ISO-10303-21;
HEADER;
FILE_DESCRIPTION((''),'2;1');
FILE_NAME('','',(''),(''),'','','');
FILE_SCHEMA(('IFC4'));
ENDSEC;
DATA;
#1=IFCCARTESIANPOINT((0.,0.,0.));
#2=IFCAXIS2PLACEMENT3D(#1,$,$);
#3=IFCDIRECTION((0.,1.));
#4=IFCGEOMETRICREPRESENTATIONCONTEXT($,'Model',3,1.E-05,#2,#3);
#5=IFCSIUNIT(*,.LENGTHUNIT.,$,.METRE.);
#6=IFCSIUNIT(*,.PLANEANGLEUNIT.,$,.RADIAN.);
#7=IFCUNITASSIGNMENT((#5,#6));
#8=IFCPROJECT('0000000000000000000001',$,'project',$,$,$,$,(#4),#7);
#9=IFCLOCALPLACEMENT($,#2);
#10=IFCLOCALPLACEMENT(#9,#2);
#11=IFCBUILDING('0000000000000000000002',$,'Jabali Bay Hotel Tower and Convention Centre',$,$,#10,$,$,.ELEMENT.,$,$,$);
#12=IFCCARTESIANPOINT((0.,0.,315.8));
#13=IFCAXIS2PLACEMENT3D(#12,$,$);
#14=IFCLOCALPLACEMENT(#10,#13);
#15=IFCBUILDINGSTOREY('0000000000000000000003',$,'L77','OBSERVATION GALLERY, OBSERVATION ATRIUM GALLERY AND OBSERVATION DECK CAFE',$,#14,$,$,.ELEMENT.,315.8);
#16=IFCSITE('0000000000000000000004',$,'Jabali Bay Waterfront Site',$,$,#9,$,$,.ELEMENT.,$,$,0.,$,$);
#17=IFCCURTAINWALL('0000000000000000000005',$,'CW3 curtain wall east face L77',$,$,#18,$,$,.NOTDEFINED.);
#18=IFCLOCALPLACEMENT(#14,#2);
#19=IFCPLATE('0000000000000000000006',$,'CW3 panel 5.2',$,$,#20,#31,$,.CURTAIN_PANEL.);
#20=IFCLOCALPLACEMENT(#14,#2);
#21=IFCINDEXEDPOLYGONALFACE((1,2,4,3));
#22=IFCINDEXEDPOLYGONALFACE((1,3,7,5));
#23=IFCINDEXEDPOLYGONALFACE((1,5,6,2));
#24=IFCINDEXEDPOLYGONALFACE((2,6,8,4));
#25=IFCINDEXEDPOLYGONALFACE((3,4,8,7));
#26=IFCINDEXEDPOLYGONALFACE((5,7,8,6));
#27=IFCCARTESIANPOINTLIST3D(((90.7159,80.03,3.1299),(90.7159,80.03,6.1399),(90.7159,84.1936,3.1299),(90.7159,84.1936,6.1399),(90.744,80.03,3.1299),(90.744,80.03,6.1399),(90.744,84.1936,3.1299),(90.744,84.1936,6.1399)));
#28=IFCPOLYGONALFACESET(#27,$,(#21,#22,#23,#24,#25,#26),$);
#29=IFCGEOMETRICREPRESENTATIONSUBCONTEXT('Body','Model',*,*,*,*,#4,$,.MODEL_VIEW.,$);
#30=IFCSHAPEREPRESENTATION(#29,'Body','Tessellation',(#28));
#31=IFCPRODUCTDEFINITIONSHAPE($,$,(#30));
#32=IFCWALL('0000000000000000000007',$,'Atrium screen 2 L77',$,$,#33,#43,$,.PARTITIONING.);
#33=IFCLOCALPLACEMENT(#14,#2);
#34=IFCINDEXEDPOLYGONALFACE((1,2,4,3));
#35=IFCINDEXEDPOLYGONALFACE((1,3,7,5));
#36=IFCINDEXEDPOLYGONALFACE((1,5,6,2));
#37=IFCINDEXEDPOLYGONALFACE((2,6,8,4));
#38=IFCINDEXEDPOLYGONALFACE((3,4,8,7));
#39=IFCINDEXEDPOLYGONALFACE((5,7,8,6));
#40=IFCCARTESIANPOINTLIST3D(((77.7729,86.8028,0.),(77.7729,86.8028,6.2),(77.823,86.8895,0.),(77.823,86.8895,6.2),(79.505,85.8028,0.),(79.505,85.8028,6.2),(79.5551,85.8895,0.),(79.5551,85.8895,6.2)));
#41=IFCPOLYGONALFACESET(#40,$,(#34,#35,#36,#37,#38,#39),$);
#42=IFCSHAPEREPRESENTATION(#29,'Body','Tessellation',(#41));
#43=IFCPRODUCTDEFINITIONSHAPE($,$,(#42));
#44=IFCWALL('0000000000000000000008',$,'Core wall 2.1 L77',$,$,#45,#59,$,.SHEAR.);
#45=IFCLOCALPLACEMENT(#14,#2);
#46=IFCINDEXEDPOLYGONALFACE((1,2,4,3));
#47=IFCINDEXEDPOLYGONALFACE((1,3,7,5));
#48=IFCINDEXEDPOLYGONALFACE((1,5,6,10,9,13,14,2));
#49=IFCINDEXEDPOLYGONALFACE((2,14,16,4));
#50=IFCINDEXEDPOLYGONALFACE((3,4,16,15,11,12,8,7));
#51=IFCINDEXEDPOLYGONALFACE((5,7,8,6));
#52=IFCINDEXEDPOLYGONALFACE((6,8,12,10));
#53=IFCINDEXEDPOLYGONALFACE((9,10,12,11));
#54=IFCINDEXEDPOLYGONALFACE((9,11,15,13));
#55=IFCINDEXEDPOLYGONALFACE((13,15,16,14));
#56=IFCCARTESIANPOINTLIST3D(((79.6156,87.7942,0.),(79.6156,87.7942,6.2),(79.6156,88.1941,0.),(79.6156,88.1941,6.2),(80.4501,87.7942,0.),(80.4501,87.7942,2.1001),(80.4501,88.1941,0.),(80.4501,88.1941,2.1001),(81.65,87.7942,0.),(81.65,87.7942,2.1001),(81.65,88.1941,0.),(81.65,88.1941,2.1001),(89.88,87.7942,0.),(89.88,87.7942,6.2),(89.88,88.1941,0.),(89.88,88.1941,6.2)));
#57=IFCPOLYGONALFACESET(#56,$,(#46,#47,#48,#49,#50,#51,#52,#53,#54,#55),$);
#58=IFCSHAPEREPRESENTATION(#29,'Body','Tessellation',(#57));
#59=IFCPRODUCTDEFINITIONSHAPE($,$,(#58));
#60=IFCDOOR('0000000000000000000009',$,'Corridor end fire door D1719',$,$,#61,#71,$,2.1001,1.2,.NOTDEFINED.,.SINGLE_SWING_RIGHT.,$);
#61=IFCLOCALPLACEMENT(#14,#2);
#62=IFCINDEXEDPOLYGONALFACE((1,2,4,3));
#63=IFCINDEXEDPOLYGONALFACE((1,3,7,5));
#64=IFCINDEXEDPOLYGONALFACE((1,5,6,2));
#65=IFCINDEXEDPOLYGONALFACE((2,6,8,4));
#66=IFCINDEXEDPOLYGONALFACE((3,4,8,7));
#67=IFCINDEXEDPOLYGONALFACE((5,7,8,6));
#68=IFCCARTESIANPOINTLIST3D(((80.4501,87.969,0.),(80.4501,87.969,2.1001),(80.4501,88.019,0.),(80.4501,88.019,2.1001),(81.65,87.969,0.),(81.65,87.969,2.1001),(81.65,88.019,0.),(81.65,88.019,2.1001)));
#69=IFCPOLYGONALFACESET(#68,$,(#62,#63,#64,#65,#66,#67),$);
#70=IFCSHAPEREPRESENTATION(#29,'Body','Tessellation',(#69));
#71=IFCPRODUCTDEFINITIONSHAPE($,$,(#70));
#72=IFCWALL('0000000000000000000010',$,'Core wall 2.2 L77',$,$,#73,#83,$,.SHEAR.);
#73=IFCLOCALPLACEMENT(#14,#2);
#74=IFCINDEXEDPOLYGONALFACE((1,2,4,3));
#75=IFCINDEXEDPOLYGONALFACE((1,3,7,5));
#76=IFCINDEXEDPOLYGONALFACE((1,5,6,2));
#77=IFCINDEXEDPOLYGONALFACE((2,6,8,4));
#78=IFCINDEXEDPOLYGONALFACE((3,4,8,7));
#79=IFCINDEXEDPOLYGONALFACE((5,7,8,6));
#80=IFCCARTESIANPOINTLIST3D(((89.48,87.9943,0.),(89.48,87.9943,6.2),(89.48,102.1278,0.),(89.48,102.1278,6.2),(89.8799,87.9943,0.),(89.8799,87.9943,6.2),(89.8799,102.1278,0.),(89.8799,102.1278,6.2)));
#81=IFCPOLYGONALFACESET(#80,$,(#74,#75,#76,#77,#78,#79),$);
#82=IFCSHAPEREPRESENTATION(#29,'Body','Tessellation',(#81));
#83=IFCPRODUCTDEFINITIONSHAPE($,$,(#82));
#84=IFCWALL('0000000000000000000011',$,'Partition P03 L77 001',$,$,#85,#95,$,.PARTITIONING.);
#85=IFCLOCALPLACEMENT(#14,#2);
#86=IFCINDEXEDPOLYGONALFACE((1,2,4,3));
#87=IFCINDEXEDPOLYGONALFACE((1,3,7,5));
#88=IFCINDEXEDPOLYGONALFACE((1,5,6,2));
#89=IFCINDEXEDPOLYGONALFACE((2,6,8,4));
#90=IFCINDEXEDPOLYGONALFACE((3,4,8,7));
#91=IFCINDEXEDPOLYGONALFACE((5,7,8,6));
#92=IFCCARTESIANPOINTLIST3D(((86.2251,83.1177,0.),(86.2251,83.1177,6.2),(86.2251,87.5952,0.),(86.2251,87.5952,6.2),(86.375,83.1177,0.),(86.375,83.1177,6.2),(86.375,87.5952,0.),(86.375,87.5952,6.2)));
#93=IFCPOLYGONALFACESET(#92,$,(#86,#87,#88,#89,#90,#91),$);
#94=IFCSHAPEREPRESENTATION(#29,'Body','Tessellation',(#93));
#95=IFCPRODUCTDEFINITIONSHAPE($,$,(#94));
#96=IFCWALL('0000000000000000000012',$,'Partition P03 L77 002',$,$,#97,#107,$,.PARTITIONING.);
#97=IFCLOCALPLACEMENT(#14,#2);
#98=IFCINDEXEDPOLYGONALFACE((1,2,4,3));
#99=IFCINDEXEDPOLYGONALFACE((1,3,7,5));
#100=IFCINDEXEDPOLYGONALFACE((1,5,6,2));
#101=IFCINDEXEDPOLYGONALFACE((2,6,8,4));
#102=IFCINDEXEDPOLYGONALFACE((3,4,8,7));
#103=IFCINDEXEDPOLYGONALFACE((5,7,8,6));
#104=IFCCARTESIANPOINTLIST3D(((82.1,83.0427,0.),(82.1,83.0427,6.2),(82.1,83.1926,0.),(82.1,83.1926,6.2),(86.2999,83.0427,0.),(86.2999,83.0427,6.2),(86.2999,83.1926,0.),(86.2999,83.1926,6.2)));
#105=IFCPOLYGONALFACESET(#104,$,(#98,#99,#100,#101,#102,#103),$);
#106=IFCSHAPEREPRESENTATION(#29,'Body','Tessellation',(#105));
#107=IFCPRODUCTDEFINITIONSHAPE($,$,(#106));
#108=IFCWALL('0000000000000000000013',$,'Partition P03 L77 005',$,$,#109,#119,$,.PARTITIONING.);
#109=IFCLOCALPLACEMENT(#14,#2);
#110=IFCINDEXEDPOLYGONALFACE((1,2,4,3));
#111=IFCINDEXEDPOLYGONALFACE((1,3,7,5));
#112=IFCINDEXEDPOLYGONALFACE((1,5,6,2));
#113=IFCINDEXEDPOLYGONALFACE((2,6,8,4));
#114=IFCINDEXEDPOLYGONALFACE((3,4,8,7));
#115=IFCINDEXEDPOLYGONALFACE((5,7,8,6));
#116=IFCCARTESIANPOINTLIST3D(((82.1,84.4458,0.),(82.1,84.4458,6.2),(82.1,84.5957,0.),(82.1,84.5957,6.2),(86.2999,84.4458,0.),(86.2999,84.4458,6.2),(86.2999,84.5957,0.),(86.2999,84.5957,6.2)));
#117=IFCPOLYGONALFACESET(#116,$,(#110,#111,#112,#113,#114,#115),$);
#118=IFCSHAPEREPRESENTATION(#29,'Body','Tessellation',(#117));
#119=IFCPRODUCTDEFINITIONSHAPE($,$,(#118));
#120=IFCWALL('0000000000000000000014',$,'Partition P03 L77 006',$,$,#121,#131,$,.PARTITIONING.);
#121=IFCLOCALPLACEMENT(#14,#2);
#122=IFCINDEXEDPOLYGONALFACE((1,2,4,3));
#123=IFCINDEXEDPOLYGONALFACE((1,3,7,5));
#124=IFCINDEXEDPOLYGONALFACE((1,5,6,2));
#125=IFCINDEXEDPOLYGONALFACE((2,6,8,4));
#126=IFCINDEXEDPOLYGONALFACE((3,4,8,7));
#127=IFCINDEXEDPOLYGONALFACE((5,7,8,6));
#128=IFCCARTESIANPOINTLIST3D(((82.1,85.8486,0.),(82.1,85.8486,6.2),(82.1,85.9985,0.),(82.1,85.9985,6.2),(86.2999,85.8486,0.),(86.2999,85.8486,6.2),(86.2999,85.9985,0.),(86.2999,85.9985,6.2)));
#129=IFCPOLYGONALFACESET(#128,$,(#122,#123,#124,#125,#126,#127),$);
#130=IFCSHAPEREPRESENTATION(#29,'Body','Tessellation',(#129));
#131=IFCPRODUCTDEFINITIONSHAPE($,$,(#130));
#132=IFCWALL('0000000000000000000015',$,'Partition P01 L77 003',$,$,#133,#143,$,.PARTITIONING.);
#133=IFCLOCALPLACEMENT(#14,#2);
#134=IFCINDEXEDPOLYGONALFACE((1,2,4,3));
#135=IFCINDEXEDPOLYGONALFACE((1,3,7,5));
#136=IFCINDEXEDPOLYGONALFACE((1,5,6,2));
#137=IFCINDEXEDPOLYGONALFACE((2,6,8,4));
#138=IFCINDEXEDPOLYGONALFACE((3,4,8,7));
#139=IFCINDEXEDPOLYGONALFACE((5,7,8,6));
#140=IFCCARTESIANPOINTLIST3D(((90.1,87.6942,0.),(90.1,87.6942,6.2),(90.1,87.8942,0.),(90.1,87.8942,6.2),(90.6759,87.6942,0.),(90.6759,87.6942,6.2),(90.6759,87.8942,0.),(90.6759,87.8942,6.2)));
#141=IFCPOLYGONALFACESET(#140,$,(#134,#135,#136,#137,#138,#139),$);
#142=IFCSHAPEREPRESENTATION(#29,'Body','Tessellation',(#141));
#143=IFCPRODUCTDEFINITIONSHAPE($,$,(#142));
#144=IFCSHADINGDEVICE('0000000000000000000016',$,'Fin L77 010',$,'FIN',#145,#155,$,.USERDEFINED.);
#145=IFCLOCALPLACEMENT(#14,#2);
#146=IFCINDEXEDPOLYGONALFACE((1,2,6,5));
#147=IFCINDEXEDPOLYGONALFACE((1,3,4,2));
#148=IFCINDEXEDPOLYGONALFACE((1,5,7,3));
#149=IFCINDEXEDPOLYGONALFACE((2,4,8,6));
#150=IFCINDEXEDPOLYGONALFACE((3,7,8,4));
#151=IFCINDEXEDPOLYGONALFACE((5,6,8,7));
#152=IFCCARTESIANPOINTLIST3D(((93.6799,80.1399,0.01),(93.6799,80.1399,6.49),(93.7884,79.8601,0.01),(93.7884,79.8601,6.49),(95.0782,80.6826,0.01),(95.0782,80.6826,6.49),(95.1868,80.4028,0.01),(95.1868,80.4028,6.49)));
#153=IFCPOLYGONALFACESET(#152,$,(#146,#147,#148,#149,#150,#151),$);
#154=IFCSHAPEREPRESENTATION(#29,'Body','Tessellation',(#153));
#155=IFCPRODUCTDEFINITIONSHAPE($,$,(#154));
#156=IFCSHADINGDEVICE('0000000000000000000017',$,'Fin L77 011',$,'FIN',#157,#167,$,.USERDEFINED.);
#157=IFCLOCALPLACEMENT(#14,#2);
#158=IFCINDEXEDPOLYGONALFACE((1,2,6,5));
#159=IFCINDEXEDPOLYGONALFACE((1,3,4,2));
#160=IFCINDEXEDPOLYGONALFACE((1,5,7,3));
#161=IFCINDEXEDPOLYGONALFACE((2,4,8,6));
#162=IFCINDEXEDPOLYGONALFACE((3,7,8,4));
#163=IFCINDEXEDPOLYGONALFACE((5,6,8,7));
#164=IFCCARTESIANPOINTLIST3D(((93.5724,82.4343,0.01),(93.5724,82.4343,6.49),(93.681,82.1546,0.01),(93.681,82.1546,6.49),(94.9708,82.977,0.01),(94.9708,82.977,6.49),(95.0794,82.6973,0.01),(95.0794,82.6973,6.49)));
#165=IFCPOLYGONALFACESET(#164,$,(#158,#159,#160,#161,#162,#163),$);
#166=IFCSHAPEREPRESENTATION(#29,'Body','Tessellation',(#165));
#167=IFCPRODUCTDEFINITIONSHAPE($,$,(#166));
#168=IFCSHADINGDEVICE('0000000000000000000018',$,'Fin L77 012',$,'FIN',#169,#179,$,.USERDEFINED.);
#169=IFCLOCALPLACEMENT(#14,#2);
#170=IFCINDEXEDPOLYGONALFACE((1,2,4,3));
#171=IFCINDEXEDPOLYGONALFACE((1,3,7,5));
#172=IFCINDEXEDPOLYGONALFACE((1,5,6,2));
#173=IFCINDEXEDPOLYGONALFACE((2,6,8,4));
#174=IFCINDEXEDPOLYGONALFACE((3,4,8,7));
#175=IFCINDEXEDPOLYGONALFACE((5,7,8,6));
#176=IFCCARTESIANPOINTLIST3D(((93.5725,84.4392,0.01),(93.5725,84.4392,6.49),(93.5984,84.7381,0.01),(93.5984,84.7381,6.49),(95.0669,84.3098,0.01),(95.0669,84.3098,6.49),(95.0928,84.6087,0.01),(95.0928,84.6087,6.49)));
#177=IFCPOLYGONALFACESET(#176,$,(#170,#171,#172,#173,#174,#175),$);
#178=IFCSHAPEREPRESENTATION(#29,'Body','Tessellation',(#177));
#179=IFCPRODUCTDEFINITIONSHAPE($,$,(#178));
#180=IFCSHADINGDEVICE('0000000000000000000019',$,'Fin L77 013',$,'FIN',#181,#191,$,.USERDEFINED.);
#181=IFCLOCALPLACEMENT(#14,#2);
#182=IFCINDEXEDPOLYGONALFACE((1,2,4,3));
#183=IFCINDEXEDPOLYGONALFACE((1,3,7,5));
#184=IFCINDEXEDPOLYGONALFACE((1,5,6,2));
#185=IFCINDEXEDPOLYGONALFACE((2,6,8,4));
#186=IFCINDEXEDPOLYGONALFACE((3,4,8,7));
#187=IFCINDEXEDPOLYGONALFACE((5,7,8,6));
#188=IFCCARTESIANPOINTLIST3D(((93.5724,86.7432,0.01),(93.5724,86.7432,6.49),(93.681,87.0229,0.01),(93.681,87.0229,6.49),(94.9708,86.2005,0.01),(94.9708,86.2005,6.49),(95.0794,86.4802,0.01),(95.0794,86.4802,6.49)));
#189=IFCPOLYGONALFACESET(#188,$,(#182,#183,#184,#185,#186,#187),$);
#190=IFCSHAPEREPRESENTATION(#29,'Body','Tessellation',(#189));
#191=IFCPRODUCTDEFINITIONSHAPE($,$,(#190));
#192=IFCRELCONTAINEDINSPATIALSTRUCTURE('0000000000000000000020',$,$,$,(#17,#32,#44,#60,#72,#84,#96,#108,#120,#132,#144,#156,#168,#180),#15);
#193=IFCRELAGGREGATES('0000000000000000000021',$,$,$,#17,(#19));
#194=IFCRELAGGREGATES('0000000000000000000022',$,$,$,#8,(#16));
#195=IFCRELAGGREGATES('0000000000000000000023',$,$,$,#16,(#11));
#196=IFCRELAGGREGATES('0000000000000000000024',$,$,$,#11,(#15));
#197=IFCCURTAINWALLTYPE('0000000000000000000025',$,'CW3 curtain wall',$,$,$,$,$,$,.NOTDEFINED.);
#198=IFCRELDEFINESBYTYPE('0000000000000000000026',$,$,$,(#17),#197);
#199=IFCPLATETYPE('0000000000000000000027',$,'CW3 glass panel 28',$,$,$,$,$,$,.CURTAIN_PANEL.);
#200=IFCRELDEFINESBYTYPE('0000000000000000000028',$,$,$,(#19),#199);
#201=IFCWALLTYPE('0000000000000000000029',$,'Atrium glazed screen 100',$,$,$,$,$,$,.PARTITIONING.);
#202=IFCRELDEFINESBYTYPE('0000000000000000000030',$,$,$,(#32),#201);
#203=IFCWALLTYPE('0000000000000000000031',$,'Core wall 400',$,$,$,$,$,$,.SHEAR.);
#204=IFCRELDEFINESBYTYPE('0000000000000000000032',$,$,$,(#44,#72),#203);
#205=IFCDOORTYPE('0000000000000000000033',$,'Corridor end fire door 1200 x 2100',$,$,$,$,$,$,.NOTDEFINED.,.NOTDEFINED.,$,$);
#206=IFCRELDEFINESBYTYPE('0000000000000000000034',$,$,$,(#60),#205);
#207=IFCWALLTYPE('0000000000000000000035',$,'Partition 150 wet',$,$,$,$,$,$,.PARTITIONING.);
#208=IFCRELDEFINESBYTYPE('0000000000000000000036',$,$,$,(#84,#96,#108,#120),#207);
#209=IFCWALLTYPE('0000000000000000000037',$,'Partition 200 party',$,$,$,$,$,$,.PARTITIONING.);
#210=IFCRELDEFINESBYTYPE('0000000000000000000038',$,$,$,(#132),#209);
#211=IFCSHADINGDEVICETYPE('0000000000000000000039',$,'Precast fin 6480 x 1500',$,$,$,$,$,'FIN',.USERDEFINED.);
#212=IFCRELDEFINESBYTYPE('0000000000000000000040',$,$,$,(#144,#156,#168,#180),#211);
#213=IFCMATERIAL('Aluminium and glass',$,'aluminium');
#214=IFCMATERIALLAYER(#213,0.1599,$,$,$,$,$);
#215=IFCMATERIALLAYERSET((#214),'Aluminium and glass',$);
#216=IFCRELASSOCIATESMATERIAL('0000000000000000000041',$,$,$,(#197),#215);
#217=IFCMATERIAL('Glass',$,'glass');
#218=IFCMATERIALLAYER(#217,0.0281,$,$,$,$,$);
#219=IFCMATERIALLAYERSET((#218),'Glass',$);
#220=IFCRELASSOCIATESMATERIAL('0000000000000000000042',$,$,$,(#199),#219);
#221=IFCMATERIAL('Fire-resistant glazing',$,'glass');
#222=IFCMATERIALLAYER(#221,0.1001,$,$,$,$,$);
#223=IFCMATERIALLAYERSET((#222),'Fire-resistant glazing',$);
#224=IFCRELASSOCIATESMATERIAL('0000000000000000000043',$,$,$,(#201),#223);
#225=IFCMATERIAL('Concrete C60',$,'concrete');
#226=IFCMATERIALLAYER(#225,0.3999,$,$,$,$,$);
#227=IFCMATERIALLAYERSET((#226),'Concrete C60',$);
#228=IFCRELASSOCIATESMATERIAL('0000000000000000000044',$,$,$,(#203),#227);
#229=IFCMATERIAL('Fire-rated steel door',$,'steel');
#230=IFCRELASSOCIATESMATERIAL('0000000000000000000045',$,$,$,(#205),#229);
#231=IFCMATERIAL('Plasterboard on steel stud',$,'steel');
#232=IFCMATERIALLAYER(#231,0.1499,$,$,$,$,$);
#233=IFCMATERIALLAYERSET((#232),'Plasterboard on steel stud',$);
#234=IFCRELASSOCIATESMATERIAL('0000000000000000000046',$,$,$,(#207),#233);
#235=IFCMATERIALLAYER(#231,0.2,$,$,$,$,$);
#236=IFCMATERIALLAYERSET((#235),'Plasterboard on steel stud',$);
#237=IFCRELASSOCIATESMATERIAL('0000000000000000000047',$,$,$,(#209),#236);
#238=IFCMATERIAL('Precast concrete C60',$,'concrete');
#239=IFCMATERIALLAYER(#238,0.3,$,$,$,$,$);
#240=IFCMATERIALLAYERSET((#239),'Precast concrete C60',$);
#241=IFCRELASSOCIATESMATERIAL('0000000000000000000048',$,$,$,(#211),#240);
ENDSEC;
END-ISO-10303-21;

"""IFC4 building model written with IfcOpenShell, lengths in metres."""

from ifc_helpers import new_model, si_unit, direction, frame, frame_2d, origin, origin_2d, place, context, subcontext, project, spatial, rectangle, extrude, material, layer, layer_set, type_object, element, fill, aggregate, save


model = new_model("IFC4")

# Units and contexts
model_context = context("Model", 3, precision=1e-05, world=origin(), true_north=direction((0.0, 1.0)))
body_context = subcontext(model_context, "Body", "Model", "MODEL_VIEW")
ifc_project = project(units=[si_unit("LENGTHUNIT", "METRE"), si_unit("PLANEANGLEUNIT", "RADIAN")], contexts=[model_context])

# Site, building, storey
site_placement = place(None, origin())
site = spatial("IfcSite", under=ifc_project, at=site_placement, Name="Jabali Bay Waterfront Site", CompositionType="ELEMENT", RefElevation=0.0)
building_placement = place(site_placement, origin())
building = spatial("IfcBuilding", under=site, at=building_placement, Name="Jabali Bay Hotel Tower and Convention Centre", CompositionType="ELEMENT")
storey_placement = place(building_placement, frame((0.0, 0.0, 315.8)))
storey = spatial("IfcBuildingStorey", under=building, at=storey_placement, Name="L77", Description="OBSERVATION GALLERY, OBSERVATION ATRIUM GALLERY AND OBSERVATION DECK CAFE", CompositionType="ELEMENT", Elevation=315.8)

# Shared definitions
ifc_material_1 = material(Name="Concrete C60", Category="concrete")

# Curtain wall
ifc_material_2 = material(Name="Aluminium and glass", Category="aluminium")
ifc_layer_1 = layer(ifc_material_2, 0.1599)
ifc_layer_set_1 = layer_set([ifc_layer_1], Name="Aluminium and glass")
curtain_wall_type = type_object("IfcCurtainWallType", Name="CW3 curtain wall", PredefinedType="NOTDEFINED", material=ifc_layer_set_1)
curtain_wall_placement = place(storey_placement, origin())
curtain_wall = element("IfcCurtainWall", 1, at=curtain_wall_placement, inside=storey, type_object=curtain_wall_type, Name="CW3 curtain wall east face L77", PredefinedType="NOTDEFINED")

# Plate
ifc_material_3 = material(Name="Glass", Category="glass")
ifc_layer_2 = layer(ifc_material_3, 0.0281)
ifc_layer_set_2 = layer_set([ifc_layer_2], Name="Glass")
plate_type = type_object("IfcPlateType", Name="CW3 glass panel 28", PredefinedType="CURTAIN_PANEL", material=ifc_layer_set_2)
plate_1_placement = place(storey_placement, frame((90.73, 82.1118, 3.1299), z_axis=(0.0, 0.0, 1.0), x_axis=(0.0, -1.0, 0.0)))
plate_1 = element("IfcPlate", 2, at=plate_1_placement, type_object=plate_type, Name="CW3 panel 5.2", PredefinedType="CURTAIN_PANEL", context=body_context, shape_type="SweptSolid", body=[
    extrude(rectangle(XDim=4.1636, YDim=0.0281, at=origin_2d()), origin(), (0.0, 0.0, 1.0), 3.01),
])
aggregate(curtain_wall, [plate_1])

# Wall
ifc_material_4 = material(Name="Fire-resistant glazing", Category="glass")
ifc_layer_3 = layer(ifc_material_4, 0.1001)
ifc_layer_set_3 = layer_set([ifc_layer_3], Name="Fire-resistant glazing")
wall_type_1 = type_object("IfcWallType", Name="Atrium glazed screen 100", PredefinedType="PARTITIONING", material=ifc_layer_set_3)
wall_1_placement = place(storey_placement, frame((79.53, 85.8462, 0.0), z_axis=(0.0, 0.0, 1.0), x_axis=(-0.866041, 0.499973, 0.0)))
element("IfcWall", 3, at=wall_1_placement, inside=storey, type_object=wall_type_1, Name="Atrium screen 2 L77", PredefinedType="PARTITIONING", context=body_context, shape_type="SweptSolid", body=[
    extrude(rectangle(XDim=2.0, YDim=0.1001, at=frame_2d((1.0, 0.0))), origin(), (0.0, 0.0, 1.0), 6.2),
])

# Wall, opening, door
ifc_layer_4 = layer(ifc_material_1, 0.3999)
ifc_layer_set_4 = layer_set([ifc_layer_4], Name="Concrete C60")
wall_type_2 = type_object("IfcWallType", Name="Core wall 400", PredefinedType="SHEAR", material=ifc_layer_set_4)
wall_2_placement = place(storey_placement, frame((79.6155, 87.9941, 0.0), z_axis=(0.0, 0.0, 1.0), x_axis=(1.0, 0.0, 0.0)))
wall_2 = element("IfcWall", 4, at=wall_2_placement, inside=storey, type_object=wall_type_2, Name="Core wall 2.1 L77", PredefinedType="SHEAR", context=body_context, shape_type="SweptSolid", body=[
    extrude(rectangle(XDim=10.2644, YDim=0.3999, at=frame_2d((5.1323, 0.0))), origin(), (0.0, 0.0, 1.0), 6.2),
])
opening_placement = place(wall_2_placement, frame((0.8345, 0.0, 0.0)))
opening = element("IfcOpeningElement", 5, at=opening_placement, cuts=wall_2, PredefinedType="OPENING", context=body_context, shape_type="SweptSolid", body=[
    extrude(rectangle(XDim=1.2, YDim=2.1001, at=frame_2d((0.6001, 1.05))), frame((0.0, 0.2104, 0.0), z_axis=(0.0, -1.0, 0.0), x_axis=(1.0, 0.0, 0.0)), (0.0, 0.0, 1.0), 0.4209),
])
ifc_material_5 = material(Name="Fire-rated steel door", Category="steel")
door_type = type_object("IfcDoorType", Name="Corridor end fire door 1200 x 2100", OperationType="NOTDEFINED", PredefinedType="NOTDEFINED", material=ifc_material_5)
door_placement = place(opening_placement, origin())
door = element("IfcDoor", 6, at=door_placement, inside=storey, type_object=door_type, Name="Corridor end fire door D1719", OperationType="SINGLE_SWING_RIGHT", OverallHeight=2.1001, OverallWidth=1.2, PredefinedType="NOTDEFINED", context=body_context, shape_type="SweptSolid", body=[
    extrude(rectangle(XDim=1.2, YDim=2.1001, at=frame_2d((0.6001, 1.05))), frame((0.0, 0.0249, 0.0), z_axis=(0.0, -1.0, 0.0), x_axis=(1.0, 0.0, 0.0)), (0.0, 0.0, 1.0), 0.05),
])
fill(opening, door)

# Walls
wall_3_placement = place(storey_placement, frame((89.6799, 87.9941, 0.0), z_axis=(0.0, 0.0, 1.0), x_axis=(0.0, 1.0, 0.0)))
element("IfcWall", 7, at=wall_3_placement, inside=storey, type_object=wall_type_2, Name="Core wall 2.2 L77", PredefinedType="SHEAR", context=body_context, shape_type="SweptSolid", body=[
    extrude(rectangle(XDim=14.1335, YDim=0.3999, at=frame_2d((7.0669, 0.0))), origin(), (0.0, 0.0, 1.0), 6.2),
])
ifc_material_6 = material(Name="Plasterboard on steel stud", Category="steel")
ifc_layer_5 = layer(ifc_material_6, 0.1499)
ifc_layer_set_5 = layer_set([ifc_layer_5], Name="Plasterboard on steel stud")
wall_type_3 = type_object("IfcWallType", Name="Partition 150 wet", PredefinedType="PARTITIONING", material=ifc_layer_set_5)
wall_4_placement = place(storey_placement, frame((86.3, 87.5952, 0.0), z_axis=(0.0, 0.0, 1.0), x_axis=(0.0, -1.0, 0.0)))
element("IfcWall", 8, at=wall_4_placement, inside=storey, type_object=wall_type_3, Name="Partition P03 L77 001", PredefinedType="PARTITIONING", context=body_context, shape_type="SweptSolid", body=[
    extrude(rectangle(XDim=4.4775, YDim=0.1499, at=frame_2d((2.2388, 0.0))), origin(), (0.0, 0.0, 1.0), 6.2),
])
for number, where, z_axis, x_axis, name in (
    (9, (86.3, 83.1177, 0.0), (0.0, 0.0, 1.0), (-1.0, 0.0, 0.0), "Partition P03 L77 002"),
    (10, (86.3, 84.5208, 0.0), (0.0, 0.0, 1.0), (-1.0, 0.0, 0.0), "Partition P03 L77 005"),
    (11, (86.3, 85.9236, 0.0), (0.0, 0.0, 1.0), (-1.0, 0.0, 0.0), "Partition P03 L77 006"),
):
    element("IfcWall", number, at=place(storey_placement, frame(where, z_axis=z_axis, x_axis=x_axis)), inside=storey, type_object=wall_type_3, Name=name, PredefinedType="PARTITIONING", context=body_context, shape_type="SweptSolid", body=[
        extrude(rectangle(XDim=4.2, YDim=0.1499, at=frame_2d((2.1001, 0.0))), origin(), (0.0, 0.0, 1.0), 6.2),
    ])
ifc_layer_6 = layer(ifc_material_6, 0.2)
ifc_layer_set_6 = layer_set([ifc_layer_6], Name="Plasterboard on steel stud")
wall_type_4 = type_object("IfcWallType", Name="Partition 200 party", PredefinedType="PARTITIONING", material=ifc_layer_set_6)
wall_5_placement = place(storey_placement, frame((90.676, 87.7942, 0.0), z_axis=(0.0, 0.0, 1.0), x_axis=(-1.0, 0.0, 0.0)))
element("IfcWall", 12, at=wall_5_placement, inside=storey, type_object=wall_type_4, Name="Partition P01 L77 003", PredefinedType="PARTITIONING", context=body_context, shape_type="SweptSolid", body=[
    extrude(rectangle(XDim=0.5759, YDim=0.2, at=frame_2d((0.2881, 0.0))), origin(), (0.0, 0.0, 1.0), 6.2),
])

# Shading devices
ifc_material_7 = material(Name="Precast concrete C60", Category="concrete")
ifc_layer_7 = layer(ifc_material_7, 0.3)
ifc_layer_set_7 = layer_set([ifc_layer_7], Name="Precast concrete C60")
shading_device_type = type_object("IfcShadingDeviceType", Name="Precast fin 6480 x 1500", ElementType="FIN", PredefinedType="USERDEFINED", material=ifc_layer_set_7)
for number, where, z_axis, x_axis, name in (
    (13, (93.7341, 80.0, 0.01), (0.0, 0.0, 1.0), (0.932255, 0.361802, 0.0), "Fin L77 010"),
    (14, (93.6267, 82.2944, 0.01), (0.0, 0.0, 1.0), (0.932255, 0.361802, 0.0), "Fin L77 011"),
    (15, (93.5854, 84.5886, 0.01), (0.0, 0.0, 1.0), (0.996272, -0.086264, 0.0), "Fin L77 012"),
    (16, (93.6267, 86.8831, 0.01), (0.0, 0.0, 1.0), (0.932255, -0.361802, 0.0), "Fin L77 013"),
):
    element("IfcShadingDevice", number, at=place(storey_placement, frame(where, z_axis=z_axis, x_axis=x_axis)), inside=storey, type_object=shading_device_type, Name=name, ObjectType="FIN", PredefinedType="USERDEFINED", context=body_context, shape_type="SweptSolid", body=[
        extrude(rectangle(XDim=1.5, YDim=0.3, at=frame_2d((0.75, 0.0))), origin(), (0.0, 0.0, 1.0), 6.48),
    ])

save(model, "model.ifc")
